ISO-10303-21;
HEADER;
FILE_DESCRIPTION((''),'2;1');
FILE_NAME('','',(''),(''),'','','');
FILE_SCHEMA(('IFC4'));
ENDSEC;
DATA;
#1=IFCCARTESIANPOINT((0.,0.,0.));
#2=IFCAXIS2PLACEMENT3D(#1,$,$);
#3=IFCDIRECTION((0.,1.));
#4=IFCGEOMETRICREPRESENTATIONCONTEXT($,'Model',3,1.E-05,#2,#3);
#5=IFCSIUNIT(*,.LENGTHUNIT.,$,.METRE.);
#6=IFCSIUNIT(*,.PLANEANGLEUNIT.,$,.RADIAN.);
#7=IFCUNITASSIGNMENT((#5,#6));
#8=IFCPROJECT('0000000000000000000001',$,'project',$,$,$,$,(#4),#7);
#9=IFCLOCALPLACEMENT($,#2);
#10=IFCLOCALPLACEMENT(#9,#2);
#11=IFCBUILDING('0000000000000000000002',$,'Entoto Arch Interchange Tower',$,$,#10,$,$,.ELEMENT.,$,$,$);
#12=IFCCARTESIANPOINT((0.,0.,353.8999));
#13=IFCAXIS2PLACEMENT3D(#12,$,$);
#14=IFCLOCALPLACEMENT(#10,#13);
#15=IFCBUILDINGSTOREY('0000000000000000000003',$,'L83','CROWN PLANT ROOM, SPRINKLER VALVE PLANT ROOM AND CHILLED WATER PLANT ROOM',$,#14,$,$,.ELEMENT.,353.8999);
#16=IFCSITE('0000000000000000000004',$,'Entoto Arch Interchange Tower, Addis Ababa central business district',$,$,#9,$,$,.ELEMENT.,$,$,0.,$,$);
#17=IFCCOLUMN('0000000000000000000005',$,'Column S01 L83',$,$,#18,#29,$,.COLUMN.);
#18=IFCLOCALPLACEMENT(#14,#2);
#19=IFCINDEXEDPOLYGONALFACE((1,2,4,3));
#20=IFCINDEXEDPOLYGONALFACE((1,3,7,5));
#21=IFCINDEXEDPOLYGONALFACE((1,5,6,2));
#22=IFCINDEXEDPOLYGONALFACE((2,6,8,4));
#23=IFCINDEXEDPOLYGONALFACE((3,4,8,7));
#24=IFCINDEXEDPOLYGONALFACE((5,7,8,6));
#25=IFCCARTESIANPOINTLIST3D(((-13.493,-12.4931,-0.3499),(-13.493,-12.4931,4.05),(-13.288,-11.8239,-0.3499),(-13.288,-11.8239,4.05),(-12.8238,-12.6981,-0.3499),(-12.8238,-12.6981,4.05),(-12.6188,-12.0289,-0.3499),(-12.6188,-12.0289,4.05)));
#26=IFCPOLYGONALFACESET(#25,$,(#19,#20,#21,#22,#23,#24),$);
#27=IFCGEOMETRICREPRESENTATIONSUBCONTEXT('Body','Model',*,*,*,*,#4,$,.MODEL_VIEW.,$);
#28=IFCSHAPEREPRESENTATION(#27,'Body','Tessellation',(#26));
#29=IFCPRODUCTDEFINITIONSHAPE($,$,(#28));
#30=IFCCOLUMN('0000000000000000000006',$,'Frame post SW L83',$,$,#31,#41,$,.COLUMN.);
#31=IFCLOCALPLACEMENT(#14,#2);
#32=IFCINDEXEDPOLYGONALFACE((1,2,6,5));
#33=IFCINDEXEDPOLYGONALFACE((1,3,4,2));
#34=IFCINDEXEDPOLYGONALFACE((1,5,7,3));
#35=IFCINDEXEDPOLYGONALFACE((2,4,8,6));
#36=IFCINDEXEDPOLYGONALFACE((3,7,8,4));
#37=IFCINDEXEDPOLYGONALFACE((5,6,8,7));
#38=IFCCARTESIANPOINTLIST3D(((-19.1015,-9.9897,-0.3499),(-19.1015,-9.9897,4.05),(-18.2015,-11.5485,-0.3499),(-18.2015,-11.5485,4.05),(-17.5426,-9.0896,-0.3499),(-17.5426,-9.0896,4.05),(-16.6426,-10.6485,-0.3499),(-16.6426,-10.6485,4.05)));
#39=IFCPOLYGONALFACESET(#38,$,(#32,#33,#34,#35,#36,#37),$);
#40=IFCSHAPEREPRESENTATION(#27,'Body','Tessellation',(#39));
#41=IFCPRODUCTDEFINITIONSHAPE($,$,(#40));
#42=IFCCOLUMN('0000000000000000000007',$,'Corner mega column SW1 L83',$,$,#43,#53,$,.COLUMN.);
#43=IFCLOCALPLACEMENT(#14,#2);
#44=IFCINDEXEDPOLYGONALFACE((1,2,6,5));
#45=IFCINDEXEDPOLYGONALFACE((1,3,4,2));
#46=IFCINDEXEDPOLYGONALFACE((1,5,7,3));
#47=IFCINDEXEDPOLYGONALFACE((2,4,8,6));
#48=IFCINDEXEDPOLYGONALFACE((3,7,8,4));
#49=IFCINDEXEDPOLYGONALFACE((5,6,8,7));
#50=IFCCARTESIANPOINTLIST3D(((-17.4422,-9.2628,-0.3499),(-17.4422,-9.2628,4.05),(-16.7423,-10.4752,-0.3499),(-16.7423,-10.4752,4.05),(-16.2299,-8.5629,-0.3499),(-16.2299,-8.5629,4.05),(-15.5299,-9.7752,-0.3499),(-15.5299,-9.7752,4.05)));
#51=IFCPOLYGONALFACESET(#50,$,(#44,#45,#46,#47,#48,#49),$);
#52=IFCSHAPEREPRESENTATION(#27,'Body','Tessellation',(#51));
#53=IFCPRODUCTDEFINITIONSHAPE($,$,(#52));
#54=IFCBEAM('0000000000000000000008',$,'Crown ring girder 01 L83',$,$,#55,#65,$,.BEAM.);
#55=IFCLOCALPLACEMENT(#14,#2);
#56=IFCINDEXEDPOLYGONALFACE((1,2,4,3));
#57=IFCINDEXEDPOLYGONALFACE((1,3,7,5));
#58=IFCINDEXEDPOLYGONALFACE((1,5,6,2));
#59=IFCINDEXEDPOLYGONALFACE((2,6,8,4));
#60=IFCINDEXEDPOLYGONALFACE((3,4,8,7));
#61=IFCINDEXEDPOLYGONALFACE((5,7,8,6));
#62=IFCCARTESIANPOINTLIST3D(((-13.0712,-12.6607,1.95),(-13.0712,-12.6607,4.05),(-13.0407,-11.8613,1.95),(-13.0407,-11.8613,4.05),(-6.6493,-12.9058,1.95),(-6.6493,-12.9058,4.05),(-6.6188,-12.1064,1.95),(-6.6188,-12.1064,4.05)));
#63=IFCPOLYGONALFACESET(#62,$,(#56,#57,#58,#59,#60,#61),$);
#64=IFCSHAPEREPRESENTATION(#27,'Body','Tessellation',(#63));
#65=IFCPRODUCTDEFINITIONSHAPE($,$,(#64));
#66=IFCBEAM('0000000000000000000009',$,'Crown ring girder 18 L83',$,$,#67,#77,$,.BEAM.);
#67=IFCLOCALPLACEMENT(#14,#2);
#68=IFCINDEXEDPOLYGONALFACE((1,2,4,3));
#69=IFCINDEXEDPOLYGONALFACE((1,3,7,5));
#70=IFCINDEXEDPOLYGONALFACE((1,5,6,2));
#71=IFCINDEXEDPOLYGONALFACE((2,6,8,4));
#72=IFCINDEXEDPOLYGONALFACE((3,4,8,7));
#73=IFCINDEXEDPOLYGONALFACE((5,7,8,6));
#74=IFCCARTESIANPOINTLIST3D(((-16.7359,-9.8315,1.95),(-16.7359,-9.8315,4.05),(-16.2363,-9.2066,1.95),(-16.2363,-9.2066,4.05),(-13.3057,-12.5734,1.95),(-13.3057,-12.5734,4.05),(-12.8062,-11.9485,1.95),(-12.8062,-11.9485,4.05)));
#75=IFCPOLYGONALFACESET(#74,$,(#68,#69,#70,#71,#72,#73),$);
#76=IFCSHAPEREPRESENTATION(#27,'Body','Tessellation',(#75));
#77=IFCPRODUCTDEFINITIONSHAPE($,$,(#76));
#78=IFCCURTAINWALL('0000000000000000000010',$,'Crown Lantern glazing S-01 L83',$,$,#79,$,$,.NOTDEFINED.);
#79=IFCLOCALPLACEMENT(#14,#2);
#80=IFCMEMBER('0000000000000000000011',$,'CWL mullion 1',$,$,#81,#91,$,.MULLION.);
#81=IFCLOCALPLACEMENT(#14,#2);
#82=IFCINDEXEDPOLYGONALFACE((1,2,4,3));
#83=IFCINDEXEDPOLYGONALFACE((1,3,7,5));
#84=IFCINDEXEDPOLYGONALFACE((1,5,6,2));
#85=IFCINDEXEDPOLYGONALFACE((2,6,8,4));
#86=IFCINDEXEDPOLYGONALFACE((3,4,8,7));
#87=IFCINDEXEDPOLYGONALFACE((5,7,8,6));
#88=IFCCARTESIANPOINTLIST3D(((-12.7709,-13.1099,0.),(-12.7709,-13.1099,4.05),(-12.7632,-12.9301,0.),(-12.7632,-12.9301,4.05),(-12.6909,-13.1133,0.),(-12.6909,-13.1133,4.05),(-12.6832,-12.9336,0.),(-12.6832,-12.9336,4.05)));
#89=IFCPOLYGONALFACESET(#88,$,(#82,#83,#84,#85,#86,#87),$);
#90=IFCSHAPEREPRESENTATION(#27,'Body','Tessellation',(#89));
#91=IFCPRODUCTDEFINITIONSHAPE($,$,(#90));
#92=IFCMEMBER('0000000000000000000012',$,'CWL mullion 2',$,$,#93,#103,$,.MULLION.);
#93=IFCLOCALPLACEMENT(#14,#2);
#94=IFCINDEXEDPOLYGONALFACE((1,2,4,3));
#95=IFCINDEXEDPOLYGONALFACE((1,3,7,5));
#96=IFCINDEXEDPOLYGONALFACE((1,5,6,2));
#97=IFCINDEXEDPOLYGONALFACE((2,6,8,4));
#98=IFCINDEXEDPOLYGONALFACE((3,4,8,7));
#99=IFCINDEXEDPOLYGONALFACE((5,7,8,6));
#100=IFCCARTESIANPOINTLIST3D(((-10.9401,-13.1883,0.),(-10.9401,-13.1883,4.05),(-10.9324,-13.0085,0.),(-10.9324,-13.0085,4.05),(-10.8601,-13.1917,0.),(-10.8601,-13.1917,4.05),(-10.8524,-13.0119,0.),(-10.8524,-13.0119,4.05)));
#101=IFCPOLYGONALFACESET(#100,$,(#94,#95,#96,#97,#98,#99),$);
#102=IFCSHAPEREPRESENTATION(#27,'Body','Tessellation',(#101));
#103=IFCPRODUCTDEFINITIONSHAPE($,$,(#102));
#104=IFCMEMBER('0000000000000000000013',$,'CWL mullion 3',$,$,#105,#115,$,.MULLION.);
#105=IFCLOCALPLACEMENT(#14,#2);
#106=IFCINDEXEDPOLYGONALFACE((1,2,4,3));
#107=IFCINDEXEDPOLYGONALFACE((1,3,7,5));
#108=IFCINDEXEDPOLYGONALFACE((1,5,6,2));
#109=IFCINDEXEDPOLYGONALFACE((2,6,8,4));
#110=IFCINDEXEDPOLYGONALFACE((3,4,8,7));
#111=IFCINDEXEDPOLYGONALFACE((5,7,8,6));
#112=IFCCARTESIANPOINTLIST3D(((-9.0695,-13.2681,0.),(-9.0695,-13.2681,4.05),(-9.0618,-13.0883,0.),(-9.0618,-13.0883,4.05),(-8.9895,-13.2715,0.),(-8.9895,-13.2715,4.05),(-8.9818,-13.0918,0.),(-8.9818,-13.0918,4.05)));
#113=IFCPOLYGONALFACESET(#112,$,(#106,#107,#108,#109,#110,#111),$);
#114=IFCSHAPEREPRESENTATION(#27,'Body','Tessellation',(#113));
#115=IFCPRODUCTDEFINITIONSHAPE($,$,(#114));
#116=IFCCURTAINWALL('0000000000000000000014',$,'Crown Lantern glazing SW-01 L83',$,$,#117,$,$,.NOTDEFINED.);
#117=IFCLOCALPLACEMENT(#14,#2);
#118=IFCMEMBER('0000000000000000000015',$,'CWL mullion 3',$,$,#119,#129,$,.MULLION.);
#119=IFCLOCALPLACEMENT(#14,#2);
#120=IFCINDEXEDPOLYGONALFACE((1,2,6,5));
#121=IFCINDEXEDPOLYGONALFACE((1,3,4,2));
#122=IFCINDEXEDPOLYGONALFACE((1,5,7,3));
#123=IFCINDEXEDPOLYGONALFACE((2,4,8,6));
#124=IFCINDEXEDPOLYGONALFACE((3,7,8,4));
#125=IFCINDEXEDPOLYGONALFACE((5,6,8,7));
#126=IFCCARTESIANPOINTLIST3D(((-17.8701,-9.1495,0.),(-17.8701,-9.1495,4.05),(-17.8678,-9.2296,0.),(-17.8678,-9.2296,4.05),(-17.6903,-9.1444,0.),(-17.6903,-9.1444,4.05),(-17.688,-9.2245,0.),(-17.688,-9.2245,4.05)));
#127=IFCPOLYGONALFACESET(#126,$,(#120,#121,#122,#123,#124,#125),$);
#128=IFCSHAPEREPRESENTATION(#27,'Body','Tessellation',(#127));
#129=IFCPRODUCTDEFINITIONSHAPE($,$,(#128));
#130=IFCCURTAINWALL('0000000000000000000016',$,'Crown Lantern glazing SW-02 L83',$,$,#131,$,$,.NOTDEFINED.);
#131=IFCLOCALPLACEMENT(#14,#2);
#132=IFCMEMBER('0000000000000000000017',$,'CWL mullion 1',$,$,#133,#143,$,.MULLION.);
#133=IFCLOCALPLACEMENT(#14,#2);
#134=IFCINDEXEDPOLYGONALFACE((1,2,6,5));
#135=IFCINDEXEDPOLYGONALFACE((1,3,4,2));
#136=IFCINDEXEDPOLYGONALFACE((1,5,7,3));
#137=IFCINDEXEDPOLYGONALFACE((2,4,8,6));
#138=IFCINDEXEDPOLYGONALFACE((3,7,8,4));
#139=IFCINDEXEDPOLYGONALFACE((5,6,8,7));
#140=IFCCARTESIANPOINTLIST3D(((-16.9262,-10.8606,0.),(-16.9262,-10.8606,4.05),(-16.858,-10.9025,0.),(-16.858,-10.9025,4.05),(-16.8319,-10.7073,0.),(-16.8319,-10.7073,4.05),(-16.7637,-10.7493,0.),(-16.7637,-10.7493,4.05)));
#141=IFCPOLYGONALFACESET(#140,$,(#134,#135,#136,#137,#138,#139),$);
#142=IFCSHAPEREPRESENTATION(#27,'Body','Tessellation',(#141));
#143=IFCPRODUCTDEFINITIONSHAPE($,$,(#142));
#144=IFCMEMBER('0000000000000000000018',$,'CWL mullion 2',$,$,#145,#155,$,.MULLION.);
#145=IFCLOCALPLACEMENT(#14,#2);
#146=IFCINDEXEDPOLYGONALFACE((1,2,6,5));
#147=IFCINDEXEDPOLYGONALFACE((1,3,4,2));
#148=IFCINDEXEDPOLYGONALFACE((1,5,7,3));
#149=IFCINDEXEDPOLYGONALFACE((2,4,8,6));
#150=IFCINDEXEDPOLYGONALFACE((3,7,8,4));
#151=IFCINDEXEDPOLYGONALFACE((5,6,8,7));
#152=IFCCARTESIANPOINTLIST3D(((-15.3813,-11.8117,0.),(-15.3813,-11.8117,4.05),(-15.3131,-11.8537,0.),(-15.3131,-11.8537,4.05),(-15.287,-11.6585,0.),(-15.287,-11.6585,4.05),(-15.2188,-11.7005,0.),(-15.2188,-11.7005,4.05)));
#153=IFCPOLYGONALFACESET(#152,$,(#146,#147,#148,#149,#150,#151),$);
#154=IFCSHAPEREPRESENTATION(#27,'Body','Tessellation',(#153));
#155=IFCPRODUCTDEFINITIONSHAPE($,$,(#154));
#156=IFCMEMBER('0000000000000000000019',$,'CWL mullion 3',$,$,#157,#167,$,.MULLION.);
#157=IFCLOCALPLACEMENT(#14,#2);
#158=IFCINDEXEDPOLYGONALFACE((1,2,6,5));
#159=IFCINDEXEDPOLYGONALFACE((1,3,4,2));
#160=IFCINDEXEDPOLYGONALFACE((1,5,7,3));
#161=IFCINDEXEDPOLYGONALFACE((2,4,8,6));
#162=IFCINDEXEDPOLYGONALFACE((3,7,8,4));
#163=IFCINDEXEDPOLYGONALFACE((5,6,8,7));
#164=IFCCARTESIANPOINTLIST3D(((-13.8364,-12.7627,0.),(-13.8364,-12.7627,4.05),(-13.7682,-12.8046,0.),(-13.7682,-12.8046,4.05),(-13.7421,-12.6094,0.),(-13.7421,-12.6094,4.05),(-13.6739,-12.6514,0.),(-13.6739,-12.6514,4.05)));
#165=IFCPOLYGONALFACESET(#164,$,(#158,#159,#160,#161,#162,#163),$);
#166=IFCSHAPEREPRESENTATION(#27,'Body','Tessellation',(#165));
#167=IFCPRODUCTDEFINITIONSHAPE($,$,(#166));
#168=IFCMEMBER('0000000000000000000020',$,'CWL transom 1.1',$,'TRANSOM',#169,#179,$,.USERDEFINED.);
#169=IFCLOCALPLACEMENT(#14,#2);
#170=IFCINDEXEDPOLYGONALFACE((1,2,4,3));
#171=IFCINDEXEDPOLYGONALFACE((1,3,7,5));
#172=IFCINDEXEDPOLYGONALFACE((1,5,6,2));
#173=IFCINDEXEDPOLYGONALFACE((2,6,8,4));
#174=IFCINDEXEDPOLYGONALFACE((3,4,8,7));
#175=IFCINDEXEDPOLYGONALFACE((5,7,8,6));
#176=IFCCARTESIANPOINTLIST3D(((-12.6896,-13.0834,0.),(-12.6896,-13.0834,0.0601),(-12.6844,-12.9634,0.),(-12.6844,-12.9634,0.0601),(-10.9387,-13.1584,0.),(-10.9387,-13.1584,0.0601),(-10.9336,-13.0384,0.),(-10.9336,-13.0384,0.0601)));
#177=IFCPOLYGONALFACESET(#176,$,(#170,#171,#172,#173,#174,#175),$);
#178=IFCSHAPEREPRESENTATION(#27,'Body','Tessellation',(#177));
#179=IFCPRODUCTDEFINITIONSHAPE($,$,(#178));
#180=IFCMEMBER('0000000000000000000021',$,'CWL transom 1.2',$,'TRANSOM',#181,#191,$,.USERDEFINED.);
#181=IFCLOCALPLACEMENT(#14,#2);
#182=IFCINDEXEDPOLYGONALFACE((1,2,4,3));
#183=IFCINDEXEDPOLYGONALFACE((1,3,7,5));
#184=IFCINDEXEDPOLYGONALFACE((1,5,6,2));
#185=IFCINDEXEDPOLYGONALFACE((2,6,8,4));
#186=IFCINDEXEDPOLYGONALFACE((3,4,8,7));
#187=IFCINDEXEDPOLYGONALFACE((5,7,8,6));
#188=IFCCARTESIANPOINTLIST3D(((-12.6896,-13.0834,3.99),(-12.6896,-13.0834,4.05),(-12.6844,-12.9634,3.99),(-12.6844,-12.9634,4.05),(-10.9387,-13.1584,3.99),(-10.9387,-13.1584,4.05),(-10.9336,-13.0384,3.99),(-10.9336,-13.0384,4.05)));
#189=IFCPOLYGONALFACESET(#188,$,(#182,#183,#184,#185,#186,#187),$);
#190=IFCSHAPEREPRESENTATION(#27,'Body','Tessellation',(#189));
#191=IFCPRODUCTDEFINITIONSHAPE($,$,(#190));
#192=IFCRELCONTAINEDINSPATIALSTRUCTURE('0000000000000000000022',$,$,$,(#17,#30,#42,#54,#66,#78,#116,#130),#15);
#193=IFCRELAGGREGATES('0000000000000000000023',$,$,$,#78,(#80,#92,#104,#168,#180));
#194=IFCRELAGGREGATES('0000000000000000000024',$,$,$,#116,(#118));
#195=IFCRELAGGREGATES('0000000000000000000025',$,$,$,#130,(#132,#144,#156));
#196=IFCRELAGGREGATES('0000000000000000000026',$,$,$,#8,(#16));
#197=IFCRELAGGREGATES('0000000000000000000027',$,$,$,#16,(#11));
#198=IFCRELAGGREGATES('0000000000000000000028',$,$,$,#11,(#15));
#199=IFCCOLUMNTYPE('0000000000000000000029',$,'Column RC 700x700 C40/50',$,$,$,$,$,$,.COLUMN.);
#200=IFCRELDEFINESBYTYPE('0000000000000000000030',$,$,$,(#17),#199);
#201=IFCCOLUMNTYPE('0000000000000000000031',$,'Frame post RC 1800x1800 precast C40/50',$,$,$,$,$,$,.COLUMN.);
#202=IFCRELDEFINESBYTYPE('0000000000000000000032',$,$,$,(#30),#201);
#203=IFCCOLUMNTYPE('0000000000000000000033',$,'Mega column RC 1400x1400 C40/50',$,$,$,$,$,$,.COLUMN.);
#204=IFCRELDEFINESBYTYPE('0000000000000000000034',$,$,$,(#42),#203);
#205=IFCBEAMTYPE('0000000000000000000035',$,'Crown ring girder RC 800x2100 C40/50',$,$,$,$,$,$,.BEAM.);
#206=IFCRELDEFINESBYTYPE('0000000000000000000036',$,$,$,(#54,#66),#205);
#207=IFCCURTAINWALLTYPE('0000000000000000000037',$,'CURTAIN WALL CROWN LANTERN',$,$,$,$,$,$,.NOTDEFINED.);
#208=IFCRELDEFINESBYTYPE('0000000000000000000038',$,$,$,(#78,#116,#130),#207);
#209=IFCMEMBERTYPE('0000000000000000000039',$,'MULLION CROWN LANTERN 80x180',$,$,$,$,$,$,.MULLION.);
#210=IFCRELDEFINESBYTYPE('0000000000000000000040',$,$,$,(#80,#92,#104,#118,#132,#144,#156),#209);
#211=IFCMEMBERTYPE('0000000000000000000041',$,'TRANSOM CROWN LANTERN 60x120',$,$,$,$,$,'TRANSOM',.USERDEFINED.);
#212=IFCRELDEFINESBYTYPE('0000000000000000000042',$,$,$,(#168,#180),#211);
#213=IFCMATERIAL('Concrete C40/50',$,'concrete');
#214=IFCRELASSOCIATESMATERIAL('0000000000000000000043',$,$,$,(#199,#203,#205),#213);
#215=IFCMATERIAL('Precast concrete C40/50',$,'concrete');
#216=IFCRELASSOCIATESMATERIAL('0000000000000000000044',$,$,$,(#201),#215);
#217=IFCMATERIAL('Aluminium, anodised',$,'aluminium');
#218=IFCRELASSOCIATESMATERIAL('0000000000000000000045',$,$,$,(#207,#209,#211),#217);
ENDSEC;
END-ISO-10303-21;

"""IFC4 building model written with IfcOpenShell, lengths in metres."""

from ifc_helpers import new_model, si_unit, direction, frame, origin, origin_2d, place, context, subcontext, project, spatial, rectangle, extrude, material, material_profile, profile_set, type_object, element, aggregate, save


model = new_model("IFC4")

# Units and contexts
model_context = context("Model", 3, precision=1e-05, world=origin(), true_north=direction((0.0, 1.0)))
body_context = subcontext(model_context, "Body", "Model", "MODEL_VIEW")
ifc_project = project(units=[si_unit("LENGTHUNIT", "METRE"), si_unit("PLANEANGLEUNIT", "RADIAN")], contexts=[model_context])

# Site, building, storey
site_placement = place(None, origin())
site = spatial("IfcSite", under=ifc_project, at=site_placement, Name="Entoto Arch Interchange Tower, Addis Ababa central business district", CompositionType="ELEMENT", RefElevation=0.0)
building_placement = place(site_placement, origin())
building = spatial("IfcBuilding", under=site, at=building_placement, Name="Entoto Arch Interchange Tower", CompositionType="ELEMENT")
storey_placement = place(building_placement, frame((0.0, 0.0, 353.8999)))
storey = spatial("IfcBuildingStorey", under=building, at=storey_placement, Name="L83", Description="CROWN PLANT ROOM, SPRINKLER VALVE PLANT ROOM AND CHILLED WATER PLANT ROOM", CompositionType="ELEMENT", Elevation=353.8999)

# Columns
ifc_material_1 = material(Name="Concrete C40/50", Category="concrete")
ifc_material_profile_1 = material_profile(ifc_material_1, rectangle(XDim=0.7, YDim=0.7, at=origin_2d()))
ifc_profile_set_1 = profile_set([ifc_material_profile_1], Name="Concrete C40/50")
column_type_1 = type_object("IfcColumnType", Name="Column RC 700x700 C40/50", PredefinedType="COLUMN", material=ifc_profile_set_1)
column_1_placement = place(storey_placement, frame((-13.0559, -12.261, -0.3499), z_axis=(0.0, 0.0, 1.0), x_axis=(-0.956141, 0.292906, 0.0)))
element("IfcColumn", 1, at=column_1_placement, inside=storey, type_object=column_type_1, Name="Column S01 L83", PredefinedType="COLUMN", context=body_context, shape_type="SweptSolid", body=[
    extrude(rectangle(XDim=0.7, YDim=0.7, at=origin_2d()), origin(), (0.0, 0.0, 1.0), 4.3999),
])
ifc_material_2 = material(Name="Precast concrete C40/50", Category="concrete")
ifc_material_profile_2 = material_profile(ifc_material_2, rectangle(XDim=1.8, YDim=1.8, at=origin_2d()))
ifc_profile_set_2 = profile_set([ifc_material_profile_2], Name="Precast concrete C40/50")
column_type_2 = type_object("IfcColumnType", Name="Frame post RC 1800x1800 precast C40/50", PredefinedType="COLUMN", material=ifc_profile_set_2)
column_2_placement = place(storey_placement, frame((-17.8721, -10.3191, -0.3499), z_axis=(0.0, 0.0, 1.0), x_axis=(0.866025, 0.5, 0.0)))
element("IfcColumn", 2, at=column_2_placement, inside=storey, type_object=column_type_2, Name="Frame post SW L83", PredefinedType="COLUMN", context=body_context, shape_type="SweptSolid", body=[
    extrude(rectangle(XDim=1.8, YDim=1.8, at=origin_2d()), origin(), (0.0, 0.0, 1.0), 4.3999),
])
ifc_material_profile_3 = material_profile(ifc_material_1, rectangle(XDim=1.3999, YDim=1.3999, at=origin_2d()))
ifc_profile_set_3 = profile_set([ifc_material_profile_3], Name="Concrete C40/50")
column_type_3 = type_object("IfcColumnType", Name="Mega column RC 1400x1400 C40/50", PredefinedType="COLUMN", material=ifc_profile_set_3)
column_3_placement = place(storey_placement, frame((-16.4861, -9.519, -0.3499), z_axis=(0.0, 0.0, 1.0), x_axis=(0.866025, 0.5, 0.0)))
element("IfcColumn", 3, at=column_3_placement, inside=storey, type_object=column_type_3, Name="Corner mega column SW1 L83", PredefinedType="COLUMN", context=body_context, shape_type="SweptSolid", body=[
    extrude(rectangle(XDim=1.3999, YDim=1.3999, at=origin_2d()), origin(), (0.0, 0.0, 1.0), 4.3999),
])

# Beams
ifc_material_profile_4 = material_profile(ifc_material_1, rectangle(XDim=0.8, YDim=2.1001, at=origin_2d()))
ifc_profile_set_4 = profile_set([ifc_material_profile_4], Name="Concrete C40/50")
beam_type = type_object("IfcBeamType", Name="Crown ring girder RC 800x2100 C40/50", PredefinedType="BEAM", material=ifc_profile_set_4)
beam_1_placement = place(storey_placement, frame((-13.0559, -12.261, 3.0), z_axis=(0.999272, -0.038141, 0.0), x_axis=(0.038141, 0.999272, 0.0)))
element("IfcBeam", 4, at=beam_1_placement, inside=storey, type_object=beam_type, Name="Crown ring girder 01 L83", PredefinedType="BEAM", context=body_context, shape_type="SweptSolid", body=[
    extrude(rectangle(XDim=0.8, YDim=2.1001, at=origin_2d()), origin(), (0.0, 0.0, 1.0), 6.4265),
])
beam_2_placement = place(storey_placement, frame((-16.4861, -9.519, 3.0), z_axis=(0.781113, -0.62439, 0.0), x_axis=(0.62439, 0.781113, 0.0)))
element("IfcBeam", 5, at=beam_2_placement, inside=storey, type_object=beam_type, Name="Crown ring girder 18 L83", PredefinedType="BEAM", context=body_context, shape_type="SweptSolid", body=[
    extrude(rectangle(XDim=0.8, YDim=2.1001, at=origin_2d()), origin(), (0.0, 0.0, 1.0), 4.3914),
])

# Curtain wall, members
ifc_material_3 = material(Name="Aluminium, anodised", Category="aluminium")
curtain_wall_type = type_object("IfcCurtainWallType", Name="CURTAIN WALL CROWN LANTERN", PredefinedType="NOTDEFINED", material=ifc_material_3)
curtain_wall_1_placement = place(storey_placement, origin())
curtain_wall_1 = element("IfcCurtainWall", 6, at=curtain_wall_1_placement, inside=storey, type_object=curtain_wall_type, Name="Crown Lantern glazing S-01 L83", PredefinedType="NOTDEFINED")
ifc_material_profile_5 = material_profile(ifc_material_3, rectangle(XDim=0.1799, YDim=0.0801, at=origin_2d()))
ifc_profile_set_5 = profile_set([ifc_material_profile_5], Name="Aluminium, anodised")
member_type_1 = type_object("IfcMemberType", Name="MULLION CROWN LANTERN 80x180", PredefinedType="MULLION", material=ifc_profile_set_5)
member_1_placement = place(storey_placement, frame((-12.7271, -13.0217, 0.0), z_axis=(0.0, 0.0, 1.0), x_axis=(0.042726, 0.999087, 0.0)))
member_1 = element("IfcMember", 7, at=member_1_placement, type_object=member_type_1, Name="CWL mullion 1", PredefinedType="MULLION", context=body_context, shape_type="SweptSolid", body=[
    extrude(rectangle(XDim=0.1799, YDim=0.0801, at=origin_2d()), origin(), (0.0, 0.0, 1.0), 4.05),
])
member_2_placement = place(storey_placement, frame((-10.8962, -13.1001, 0.0), z_axis=(0.0, 0.0, 1.0), x_axis=(0.042726, 0.999087, 0.0)))
member_2 = element("IfcMember", 8, at=member_2_placement, type_object=member_type_1, Name="CWL mullion 2", PredefinedType="MULLION", context=body_context, shape_type="SweptSolid", body=[
    extrude(rectangle(XDim=0.1799, YDim=0.0801, at=origin_2d()), origin(), (0.0, 0.0, 1.0), 4.05),
])
member_3_placement = place(storey_placement, frame((-9.0256, -13.1799, 0.0), z_axis=(0.0, 0.0, 1.0), x_axis=(0.042726, 0.999087, 0.0)))
member_3 = element("IfcMember", 9, at=member_3_placement, type_object=member_type_1, Name="CWL mullion 3", PredefinedType="MULLION", context=body_context, shape_type="SweptSolid", body=[
    extrude(rectangle(XDim=0.1799, YDim=0.0801, at=origin_2d()), origin(), (0.0, 0.0, 1.0), 4.05),
])

# Curtain wall, member
curtain_wall_2_placement = place(storey_placement, origin())
curtain_wall_2 = element("IfcCurtainWall", 10, at=curtain_wall_2_placement, inside=storey, type_object=curtain_wall_type, Name="Crown Lantern glazing SW-01 L83", PredefinedType="NOTDEFINED")
member_4_placement = place(storey_placement, frame((-17.7791, -9.187, 0.0), z_axis=(0.0, 0.0, 1.0), x_axis=(0.9996, 0.028298, 0.0)))
member_4 = element("IfcMember", 11, at=member_4_placement, type_object=member_type_1, Name="CWL mullion 3", PredefinedType="MULLION", context=body_context, shape_type="SweptSolid", body=[
    extrude(rectangle(XDim=0.1799, YDim=0.0801, at=origin_2d()), origin(), (0.0, 0.0, 1.0), 4.05),
])

# Curtain wall, members
curtain_wall_3_placement = place(storey_placement, origin())
curtain_wall_3 = element("IfcCurtainWall", 12, at=curtain_wall_3_placement, inside=storey, type_object=curtain_wall_type, Name="Crown Lantern glazing SW-02 L83", PredefinedType="NOTDEFINED")
member_5_placement = place(storey_placement, frame((-16.845, -10.8049, 0.0), z_axis=(0.0, 0.0, 1.0), x_axis=(0.524218, 0.851584, 0.0)))
member_5 = element("IfcMember", 13, at=member_5_placement, type_object=member_type_1, Name="CWL mullion 1", PredefinedType="MULLION", context=body_context, shape_type="SweptSolid", body=[
    extrude(rectangle(XDim=0.1799, YDim=0.0801, at=origin_2d()), origin(), (0.0, 0.0, 1.0), 4.05),
])
member_6_placement = place(storey_placement, frame((-15.3, -11.7561, 0.0), z_axis=(0.0, 0.0, 1.0), x_axis=(0.524218, 0.851584, 0.0)))
member_6 = element("IfcMember", 14, at=member_6_placement, type_object=member_type_1, Name="CWL mullion 2", PredefinedType="MULLION", context=body_context, shape_type="SweptSolid", body=[
    extrude(rectangle(XDim=0.1799, YDim=0.0801, at=origin_2d()), origin(), (0.0, 0.0, 1.0), 4.05),
])
member_7_placement = place(storey_placement, frame((-13.7551, -12.707, 0.0), z_axis=(0.0, 0.0, 1.0), x_axis=(0.524218, 0.851584, 0.0)))
member_7 = element("IfcMember", 15, at=member_7_placement, type_object=member_type_1, Name="CWL mullion 3", PredefinedType="MULLION", context=body_context, shape_type="SweptSolid", body=[
    extrude(rectangle(XDim=0.1799, YDim=0.0801, at=origin_2d()), origin(), (0.0, 0.0, 1.0), 4.05),
])

# Members
ifc_material_profile_6 = material_profile(ifc_material_3, rectangle(XDim=0.1201, YDim=0.0601, at=origin_2d()))
ifc_profile_set_6 = profile_set([ifc_material_profile_6], Name="Aluminium, anodised")
member_type_2 = type_object("IfcMemberType", Name="TRANSOM CROWN LANTERN 60x120", ElementType="TRANSOM", PredefinedType="USERDEFINED", material=ifc_profile_set_6)
member_8_placement = place(storey_placement, frame((-12.687, -13.0234, 0.03), z_axis=(0.999085, -0.042772, 0.0), x_axis=(0.042772, 0.999085, 0.0)))
member_8 = element("IfcMember", 16, at=member_8_placement, type_object=member_type_2, Name="CWL transom 1.1", ObjectType="TRANSOM", PredefinedType="USERDEFINED", context=body_context, shape_type="SweptSolid", body=[
    extrude(rectangle(XDim=0.1201, YDim=0.0601, at=origin_2d()), origin(), (0.0, 0.0, 1.0), 1.7524),
])
member_9_placement = place(storey_placement, frame((-12.687, -13.0234, 4.02), z_axis=(0.999085, -0.042772, 0.0), x_axis=(0.042772, 0.999085, 0.0)))
member_9 = element("IfcMember", 17, at=member_9_placement, type_object=member_type_2, Name="CWL transom 1.2", ObjectType="TRANSOM", PredefinedType="USERDEFINED", context=body_context, shape_type="SweptSolid", body=[
    extrude(rectangle(XDim=0.1201, YDim=0.0601, at=origin_2d()), origin(), (0.0, 0.0, 1.0), 1.7524),
])

aggregate(curtain_wall_1, [member_1, member_2, member_3, member_8, member_9])
aggregate(curtain_wall_2, [member_4])
aggregate(curtain_wall_3, [member_5, member_6, member_7])

save(model, "model.ifc")
